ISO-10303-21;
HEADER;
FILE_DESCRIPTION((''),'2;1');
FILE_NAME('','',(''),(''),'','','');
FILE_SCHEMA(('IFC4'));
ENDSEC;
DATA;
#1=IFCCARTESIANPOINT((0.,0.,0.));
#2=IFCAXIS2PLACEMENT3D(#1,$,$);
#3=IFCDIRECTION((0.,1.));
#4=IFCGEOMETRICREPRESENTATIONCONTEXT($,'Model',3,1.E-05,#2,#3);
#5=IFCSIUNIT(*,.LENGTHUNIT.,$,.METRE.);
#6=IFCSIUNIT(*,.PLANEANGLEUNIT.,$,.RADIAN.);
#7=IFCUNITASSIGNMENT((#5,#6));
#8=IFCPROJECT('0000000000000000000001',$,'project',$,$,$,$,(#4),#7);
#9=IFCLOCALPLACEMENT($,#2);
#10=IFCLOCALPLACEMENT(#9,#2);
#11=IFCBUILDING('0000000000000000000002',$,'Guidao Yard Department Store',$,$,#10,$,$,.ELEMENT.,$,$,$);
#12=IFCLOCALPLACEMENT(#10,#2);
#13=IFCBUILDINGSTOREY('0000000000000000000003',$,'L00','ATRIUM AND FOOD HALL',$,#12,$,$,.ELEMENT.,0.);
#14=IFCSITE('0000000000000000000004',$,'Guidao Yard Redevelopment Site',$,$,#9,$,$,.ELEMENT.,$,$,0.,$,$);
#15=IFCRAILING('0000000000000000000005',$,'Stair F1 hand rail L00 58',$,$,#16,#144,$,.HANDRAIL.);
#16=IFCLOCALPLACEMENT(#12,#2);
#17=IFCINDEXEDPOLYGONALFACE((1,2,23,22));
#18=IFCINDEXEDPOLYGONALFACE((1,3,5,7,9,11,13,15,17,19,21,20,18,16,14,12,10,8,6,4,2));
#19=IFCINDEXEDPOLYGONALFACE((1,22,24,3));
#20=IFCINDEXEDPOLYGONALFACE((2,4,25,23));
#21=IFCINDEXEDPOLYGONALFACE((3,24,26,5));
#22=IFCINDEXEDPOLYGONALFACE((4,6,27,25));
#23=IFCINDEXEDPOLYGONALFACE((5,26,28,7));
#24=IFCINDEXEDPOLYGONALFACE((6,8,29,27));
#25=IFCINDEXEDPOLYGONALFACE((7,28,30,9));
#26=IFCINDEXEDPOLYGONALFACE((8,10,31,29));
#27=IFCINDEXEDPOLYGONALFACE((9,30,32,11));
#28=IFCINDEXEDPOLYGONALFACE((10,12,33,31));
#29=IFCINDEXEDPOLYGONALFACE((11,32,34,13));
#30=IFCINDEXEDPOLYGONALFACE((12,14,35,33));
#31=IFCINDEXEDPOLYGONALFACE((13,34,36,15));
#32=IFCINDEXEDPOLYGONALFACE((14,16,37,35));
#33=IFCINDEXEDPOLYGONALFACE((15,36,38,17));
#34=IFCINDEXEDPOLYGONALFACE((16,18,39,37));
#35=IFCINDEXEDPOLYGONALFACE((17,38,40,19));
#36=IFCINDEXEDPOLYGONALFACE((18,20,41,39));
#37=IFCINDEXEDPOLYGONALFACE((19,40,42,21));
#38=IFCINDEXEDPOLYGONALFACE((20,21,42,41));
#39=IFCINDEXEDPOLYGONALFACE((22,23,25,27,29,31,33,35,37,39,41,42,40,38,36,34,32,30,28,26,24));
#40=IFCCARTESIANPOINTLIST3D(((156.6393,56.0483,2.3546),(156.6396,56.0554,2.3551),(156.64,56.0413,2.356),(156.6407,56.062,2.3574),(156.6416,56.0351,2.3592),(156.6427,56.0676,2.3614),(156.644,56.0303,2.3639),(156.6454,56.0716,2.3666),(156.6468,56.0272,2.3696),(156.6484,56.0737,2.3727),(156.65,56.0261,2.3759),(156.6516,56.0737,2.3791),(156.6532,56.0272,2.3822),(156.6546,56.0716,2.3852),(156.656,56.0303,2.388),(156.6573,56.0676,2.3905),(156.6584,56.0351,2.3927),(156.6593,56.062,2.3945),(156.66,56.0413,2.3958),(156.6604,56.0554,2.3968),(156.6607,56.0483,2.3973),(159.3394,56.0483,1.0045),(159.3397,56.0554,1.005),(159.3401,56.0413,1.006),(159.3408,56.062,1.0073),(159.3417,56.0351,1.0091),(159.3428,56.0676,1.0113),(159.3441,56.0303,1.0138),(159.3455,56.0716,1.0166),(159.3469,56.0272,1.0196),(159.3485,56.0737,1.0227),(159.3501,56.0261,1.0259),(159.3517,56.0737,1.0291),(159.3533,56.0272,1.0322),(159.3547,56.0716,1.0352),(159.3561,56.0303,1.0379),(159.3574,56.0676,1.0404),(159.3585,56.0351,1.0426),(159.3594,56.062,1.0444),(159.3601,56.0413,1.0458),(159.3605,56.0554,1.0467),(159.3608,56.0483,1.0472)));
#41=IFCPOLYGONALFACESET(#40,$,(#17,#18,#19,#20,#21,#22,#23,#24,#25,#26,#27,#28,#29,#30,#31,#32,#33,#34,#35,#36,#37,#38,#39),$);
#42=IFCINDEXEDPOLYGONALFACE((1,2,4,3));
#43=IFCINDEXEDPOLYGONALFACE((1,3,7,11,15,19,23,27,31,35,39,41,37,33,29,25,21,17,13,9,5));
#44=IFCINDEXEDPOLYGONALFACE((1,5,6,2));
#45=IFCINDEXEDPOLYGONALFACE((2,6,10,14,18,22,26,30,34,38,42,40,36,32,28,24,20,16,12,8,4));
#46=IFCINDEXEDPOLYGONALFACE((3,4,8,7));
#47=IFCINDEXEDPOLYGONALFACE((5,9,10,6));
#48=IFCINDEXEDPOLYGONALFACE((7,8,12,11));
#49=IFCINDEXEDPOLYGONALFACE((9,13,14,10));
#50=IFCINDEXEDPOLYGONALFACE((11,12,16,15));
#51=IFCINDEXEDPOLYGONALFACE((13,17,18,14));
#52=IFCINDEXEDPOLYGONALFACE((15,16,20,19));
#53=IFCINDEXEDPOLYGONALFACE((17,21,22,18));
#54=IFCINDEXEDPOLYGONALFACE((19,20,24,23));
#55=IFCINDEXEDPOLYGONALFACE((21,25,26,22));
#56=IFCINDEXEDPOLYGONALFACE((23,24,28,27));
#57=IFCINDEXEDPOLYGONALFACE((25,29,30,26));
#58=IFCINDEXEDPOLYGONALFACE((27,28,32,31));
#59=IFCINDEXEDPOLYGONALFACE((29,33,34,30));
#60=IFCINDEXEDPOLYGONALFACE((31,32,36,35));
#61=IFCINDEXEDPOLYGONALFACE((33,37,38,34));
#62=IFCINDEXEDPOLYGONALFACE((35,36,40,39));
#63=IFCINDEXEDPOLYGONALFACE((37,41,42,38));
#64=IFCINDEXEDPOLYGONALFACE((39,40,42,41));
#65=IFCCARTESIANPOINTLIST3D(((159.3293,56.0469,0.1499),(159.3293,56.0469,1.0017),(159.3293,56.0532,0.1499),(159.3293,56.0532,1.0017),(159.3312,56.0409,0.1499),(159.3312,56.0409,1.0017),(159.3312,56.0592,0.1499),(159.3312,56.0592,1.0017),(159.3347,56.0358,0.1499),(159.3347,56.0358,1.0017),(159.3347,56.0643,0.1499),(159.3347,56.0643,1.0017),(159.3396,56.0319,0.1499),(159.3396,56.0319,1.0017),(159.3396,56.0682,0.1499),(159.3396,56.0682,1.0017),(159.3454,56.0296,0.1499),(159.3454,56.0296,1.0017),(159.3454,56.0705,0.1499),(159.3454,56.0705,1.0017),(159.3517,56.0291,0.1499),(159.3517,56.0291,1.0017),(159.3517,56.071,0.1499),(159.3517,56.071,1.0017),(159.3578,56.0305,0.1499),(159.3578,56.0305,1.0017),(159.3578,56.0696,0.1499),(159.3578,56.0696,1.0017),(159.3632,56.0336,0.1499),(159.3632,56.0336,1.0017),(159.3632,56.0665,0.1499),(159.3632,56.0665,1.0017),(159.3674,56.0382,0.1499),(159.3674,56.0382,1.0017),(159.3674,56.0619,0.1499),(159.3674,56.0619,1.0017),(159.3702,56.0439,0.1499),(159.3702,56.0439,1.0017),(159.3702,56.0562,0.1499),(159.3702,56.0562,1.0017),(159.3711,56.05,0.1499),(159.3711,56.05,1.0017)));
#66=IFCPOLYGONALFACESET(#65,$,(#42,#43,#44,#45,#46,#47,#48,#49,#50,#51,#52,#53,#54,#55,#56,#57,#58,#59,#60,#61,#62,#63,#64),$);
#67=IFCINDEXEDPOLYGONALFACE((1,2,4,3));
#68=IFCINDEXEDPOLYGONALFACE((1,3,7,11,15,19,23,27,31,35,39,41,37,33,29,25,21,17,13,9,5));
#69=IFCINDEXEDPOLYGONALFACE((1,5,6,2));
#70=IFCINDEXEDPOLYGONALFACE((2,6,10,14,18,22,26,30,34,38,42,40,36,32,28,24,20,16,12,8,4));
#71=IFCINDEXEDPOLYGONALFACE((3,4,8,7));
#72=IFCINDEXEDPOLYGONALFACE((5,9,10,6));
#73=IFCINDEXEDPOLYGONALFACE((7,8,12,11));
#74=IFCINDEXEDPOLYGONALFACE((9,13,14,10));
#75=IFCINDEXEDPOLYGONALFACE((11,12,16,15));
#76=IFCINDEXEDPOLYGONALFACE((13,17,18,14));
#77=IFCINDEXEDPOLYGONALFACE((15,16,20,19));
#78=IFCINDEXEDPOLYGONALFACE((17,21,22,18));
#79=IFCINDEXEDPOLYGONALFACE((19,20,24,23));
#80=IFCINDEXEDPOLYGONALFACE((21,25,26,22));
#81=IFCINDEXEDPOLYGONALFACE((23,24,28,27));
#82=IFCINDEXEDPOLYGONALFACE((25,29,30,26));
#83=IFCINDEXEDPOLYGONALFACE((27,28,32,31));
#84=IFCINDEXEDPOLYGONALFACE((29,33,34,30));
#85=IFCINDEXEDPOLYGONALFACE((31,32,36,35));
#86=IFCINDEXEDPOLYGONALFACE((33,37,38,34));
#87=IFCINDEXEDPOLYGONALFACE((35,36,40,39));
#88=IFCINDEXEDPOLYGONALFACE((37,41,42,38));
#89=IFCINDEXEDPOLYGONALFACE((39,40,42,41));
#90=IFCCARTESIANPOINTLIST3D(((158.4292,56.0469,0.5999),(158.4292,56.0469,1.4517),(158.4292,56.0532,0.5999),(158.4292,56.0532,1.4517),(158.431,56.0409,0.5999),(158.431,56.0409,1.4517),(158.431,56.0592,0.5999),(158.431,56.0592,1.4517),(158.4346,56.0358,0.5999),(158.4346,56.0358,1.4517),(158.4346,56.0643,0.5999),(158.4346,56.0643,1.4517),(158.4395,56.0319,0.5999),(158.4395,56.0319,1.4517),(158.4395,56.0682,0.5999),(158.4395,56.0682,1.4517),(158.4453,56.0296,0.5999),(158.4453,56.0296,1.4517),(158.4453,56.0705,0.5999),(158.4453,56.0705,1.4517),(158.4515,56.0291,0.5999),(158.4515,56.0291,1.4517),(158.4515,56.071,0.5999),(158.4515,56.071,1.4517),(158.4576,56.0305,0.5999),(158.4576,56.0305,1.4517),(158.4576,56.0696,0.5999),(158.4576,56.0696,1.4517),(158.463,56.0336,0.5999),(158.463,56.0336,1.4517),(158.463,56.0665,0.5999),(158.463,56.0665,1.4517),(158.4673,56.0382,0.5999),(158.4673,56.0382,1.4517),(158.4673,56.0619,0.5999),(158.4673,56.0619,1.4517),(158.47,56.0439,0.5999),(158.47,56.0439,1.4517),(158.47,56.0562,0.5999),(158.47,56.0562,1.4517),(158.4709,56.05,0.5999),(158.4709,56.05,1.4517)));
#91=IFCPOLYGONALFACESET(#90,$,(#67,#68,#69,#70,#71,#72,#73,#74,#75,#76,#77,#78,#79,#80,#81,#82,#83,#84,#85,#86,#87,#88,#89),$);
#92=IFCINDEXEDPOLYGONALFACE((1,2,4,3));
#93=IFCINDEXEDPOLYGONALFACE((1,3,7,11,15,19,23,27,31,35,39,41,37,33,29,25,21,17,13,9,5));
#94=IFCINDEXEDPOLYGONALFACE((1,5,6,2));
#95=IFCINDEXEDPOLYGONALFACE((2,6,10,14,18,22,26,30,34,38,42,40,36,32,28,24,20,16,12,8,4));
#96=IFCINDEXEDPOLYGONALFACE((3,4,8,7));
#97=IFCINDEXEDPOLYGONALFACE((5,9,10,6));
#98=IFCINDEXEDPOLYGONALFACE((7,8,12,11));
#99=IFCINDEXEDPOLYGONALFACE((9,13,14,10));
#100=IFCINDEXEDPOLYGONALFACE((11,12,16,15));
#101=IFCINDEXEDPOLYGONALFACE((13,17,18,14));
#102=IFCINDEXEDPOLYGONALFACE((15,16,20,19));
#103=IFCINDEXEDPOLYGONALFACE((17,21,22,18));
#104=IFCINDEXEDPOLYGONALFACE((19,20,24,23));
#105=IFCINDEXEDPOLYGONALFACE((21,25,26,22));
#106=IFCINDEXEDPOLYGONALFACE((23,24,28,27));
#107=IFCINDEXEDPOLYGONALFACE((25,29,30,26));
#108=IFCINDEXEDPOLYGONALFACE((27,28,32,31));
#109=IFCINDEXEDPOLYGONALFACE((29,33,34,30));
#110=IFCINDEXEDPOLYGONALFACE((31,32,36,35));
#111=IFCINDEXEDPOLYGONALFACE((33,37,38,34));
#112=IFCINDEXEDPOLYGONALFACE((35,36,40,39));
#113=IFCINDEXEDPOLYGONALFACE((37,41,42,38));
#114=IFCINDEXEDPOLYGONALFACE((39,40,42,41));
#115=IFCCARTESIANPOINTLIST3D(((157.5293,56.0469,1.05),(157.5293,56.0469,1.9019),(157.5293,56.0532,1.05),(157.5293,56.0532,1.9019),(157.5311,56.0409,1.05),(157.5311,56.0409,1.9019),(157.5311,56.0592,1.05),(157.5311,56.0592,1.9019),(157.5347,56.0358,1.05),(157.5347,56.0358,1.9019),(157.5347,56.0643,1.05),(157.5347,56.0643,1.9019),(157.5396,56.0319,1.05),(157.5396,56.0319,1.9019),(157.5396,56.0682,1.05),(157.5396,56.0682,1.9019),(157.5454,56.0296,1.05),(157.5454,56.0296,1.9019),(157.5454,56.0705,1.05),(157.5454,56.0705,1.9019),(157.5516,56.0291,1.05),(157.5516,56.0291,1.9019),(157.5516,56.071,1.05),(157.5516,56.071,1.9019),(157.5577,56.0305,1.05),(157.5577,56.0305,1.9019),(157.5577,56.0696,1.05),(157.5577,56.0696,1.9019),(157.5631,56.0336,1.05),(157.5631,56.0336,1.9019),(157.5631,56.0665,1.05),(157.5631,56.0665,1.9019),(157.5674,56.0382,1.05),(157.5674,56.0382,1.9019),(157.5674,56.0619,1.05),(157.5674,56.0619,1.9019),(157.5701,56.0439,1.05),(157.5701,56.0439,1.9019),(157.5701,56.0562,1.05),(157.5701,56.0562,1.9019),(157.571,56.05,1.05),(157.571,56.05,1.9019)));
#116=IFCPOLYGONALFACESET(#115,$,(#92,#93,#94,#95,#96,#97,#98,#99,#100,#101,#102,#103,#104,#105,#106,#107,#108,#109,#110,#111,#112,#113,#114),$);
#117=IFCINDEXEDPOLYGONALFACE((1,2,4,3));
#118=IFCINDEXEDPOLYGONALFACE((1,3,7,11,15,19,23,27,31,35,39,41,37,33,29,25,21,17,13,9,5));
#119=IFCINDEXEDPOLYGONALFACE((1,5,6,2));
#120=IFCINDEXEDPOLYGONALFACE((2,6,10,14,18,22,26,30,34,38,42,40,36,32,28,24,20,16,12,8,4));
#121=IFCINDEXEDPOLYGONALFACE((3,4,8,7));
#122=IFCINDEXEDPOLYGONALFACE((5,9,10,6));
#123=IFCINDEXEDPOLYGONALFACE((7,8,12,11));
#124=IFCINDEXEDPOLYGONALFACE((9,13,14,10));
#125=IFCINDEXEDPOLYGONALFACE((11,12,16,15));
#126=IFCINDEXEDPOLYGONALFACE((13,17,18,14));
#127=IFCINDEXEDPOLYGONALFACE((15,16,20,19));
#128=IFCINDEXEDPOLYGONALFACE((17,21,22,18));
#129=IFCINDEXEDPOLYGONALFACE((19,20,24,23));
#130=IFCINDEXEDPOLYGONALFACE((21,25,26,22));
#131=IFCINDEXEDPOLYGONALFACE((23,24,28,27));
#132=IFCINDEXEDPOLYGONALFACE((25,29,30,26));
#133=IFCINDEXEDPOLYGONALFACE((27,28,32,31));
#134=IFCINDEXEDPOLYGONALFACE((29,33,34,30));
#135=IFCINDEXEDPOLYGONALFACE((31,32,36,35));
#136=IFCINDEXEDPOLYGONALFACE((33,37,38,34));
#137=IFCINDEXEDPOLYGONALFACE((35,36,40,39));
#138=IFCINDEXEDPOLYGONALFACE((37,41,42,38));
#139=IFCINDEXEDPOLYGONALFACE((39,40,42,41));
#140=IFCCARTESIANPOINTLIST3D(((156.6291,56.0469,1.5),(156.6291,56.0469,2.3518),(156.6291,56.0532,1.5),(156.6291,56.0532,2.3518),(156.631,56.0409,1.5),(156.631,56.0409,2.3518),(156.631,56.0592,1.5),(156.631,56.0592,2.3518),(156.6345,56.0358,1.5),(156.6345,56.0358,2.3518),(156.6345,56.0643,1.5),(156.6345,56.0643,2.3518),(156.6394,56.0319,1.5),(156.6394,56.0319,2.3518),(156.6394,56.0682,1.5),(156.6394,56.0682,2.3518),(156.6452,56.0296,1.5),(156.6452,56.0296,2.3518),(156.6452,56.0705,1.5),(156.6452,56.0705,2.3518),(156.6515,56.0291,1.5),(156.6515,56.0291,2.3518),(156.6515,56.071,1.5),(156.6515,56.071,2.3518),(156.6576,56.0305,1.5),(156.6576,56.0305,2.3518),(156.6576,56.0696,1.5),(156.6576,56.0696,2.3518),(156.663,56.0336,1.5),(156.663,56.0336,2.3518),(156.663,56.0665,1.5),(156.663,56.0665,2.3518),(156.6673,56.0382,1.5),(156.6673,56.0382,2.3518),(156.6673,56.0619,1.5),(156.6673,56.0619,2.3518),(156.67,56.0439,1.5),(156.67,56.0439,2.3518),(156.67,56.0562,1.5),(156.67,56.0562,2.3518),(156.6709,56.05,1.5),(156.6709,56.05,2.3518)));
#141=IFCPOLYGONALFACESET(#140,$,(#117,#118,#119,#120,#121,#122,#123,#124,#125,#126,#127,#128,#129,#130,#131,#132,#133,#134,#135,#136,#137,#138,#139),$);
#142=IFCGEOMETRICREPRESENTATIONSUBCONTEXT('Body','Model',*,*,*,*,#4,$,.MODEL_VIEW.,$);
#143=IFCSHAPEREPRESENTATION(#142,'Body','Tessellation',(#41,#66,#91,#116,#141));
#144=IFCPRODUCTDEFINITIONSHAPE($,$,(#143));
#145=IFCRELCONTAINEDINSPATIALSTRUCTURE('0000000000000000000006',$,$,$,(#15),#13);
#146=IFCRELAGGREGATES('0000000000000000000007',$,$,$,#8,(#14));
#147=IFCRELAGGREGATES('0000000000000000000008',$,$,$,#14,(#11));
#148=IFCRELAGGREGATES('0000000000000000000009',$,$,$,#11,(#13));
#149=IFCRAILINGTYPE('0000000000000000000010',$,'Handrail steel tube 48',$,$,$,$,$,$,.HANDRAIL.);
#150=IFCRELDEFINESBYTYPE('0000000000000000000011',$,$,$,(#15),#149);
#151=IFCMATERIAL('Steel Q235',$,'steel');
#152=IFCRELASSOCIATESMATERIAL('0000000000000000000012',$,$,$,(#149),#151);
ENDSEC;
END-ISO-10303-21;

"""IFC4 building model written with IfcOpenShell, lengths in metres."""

from ifc_helpers import new_model, si_unit, direction, frame, origin, origin_2d, place, context, subcontext, project, spatial, circle, extrude, material, type_object, element, save


model = new_model("IFC4")

# Units and contexts
model_context = context("Model", 3, precision=1e-05, world=origin(), true_north=direction((0.0, 1.0)))
body_context = subcontext(model_context, "Body", "Model", "MODEL_VIEW")
ifc_project = project(units=[si_unit("LENGTHUNIT", "METRE"), si_unit("PLANEANGLEUNIT", "RADIAN")], contexts=[model_context])

# Site, building, storey
site_placement = place(None, origin())
site = spatial("IfcSite", under=ifc_project, at=site_placement, Name="Guidao Yard Redevelopment Site", CompositionType="ELEMENT", RefElevation=0.0)
building_placement = place(site_placement, origin())
building = spatial("IfcBuilding", under=site, at=building_placement, Name="Guidao Yard Department Store", CompositionType="ELEMENT")
storey_placement = place(building_placement, origin())
storey = spatial("IfcBuildingStorey", under=building, at=storey_placement, Name="L00", Description="ATRIUM AND FOOD HALL", CompositionType="ELEMENT", Elevation=0.0)

# Railing
ifc_material_1 = material(Name="Steel Q235", Category="steel")
railing_type = type_object("IfcRailingType", Name="Handrail steel tube 48", PredefinedType="HANDRAIL", material=ifc_material_1)
for number, where, name in (
    (1, (159.3501, 56.05, 0.1499), "Stair F1 hand rail L00 58"),
):
    element("IfcRailing", number, at=place(storey_placement, frame(where)), inside=storey, type_object=railing_type, Name=name, PredefinedType="HANDRAIL", context=body_context, shape_type="SweptSolid", body=[
        extrude(circle(Radius=0.0239, at=origin_2d()), frame((0.0, 0.0, 0.876), z_axis=(-0.894427, 0.0, 0.447214), x_axis=(0.0, -1.0, 0.0)), (0.0, 0.0, 1.0), 3.0188),
        extrude(circle(Radius=0.021, at=origin_2d()), origin(), (0.0, 0.0, 1.0), 0.8518),
        extrude(circle(Radius=0.021, at=origin_2d()), frame((-0.9001, 0.0, 0.45)), (0.0, 0.0, 1.0), 0.8518),
        extrude(circle(Radius=0.021, at=origin_2d()), frame((-1.8, 0.0, 0.9001)), (0.0, 0.0, 1.0), 0.8518),
        extrude(circle(Radius=0.021, at=origin_2d()), frame((-2.7002, 0.0, 1.3501)), (0.0, 0.0, 1.0), 0.8518),
    ])

save(model, "model.ifc")
